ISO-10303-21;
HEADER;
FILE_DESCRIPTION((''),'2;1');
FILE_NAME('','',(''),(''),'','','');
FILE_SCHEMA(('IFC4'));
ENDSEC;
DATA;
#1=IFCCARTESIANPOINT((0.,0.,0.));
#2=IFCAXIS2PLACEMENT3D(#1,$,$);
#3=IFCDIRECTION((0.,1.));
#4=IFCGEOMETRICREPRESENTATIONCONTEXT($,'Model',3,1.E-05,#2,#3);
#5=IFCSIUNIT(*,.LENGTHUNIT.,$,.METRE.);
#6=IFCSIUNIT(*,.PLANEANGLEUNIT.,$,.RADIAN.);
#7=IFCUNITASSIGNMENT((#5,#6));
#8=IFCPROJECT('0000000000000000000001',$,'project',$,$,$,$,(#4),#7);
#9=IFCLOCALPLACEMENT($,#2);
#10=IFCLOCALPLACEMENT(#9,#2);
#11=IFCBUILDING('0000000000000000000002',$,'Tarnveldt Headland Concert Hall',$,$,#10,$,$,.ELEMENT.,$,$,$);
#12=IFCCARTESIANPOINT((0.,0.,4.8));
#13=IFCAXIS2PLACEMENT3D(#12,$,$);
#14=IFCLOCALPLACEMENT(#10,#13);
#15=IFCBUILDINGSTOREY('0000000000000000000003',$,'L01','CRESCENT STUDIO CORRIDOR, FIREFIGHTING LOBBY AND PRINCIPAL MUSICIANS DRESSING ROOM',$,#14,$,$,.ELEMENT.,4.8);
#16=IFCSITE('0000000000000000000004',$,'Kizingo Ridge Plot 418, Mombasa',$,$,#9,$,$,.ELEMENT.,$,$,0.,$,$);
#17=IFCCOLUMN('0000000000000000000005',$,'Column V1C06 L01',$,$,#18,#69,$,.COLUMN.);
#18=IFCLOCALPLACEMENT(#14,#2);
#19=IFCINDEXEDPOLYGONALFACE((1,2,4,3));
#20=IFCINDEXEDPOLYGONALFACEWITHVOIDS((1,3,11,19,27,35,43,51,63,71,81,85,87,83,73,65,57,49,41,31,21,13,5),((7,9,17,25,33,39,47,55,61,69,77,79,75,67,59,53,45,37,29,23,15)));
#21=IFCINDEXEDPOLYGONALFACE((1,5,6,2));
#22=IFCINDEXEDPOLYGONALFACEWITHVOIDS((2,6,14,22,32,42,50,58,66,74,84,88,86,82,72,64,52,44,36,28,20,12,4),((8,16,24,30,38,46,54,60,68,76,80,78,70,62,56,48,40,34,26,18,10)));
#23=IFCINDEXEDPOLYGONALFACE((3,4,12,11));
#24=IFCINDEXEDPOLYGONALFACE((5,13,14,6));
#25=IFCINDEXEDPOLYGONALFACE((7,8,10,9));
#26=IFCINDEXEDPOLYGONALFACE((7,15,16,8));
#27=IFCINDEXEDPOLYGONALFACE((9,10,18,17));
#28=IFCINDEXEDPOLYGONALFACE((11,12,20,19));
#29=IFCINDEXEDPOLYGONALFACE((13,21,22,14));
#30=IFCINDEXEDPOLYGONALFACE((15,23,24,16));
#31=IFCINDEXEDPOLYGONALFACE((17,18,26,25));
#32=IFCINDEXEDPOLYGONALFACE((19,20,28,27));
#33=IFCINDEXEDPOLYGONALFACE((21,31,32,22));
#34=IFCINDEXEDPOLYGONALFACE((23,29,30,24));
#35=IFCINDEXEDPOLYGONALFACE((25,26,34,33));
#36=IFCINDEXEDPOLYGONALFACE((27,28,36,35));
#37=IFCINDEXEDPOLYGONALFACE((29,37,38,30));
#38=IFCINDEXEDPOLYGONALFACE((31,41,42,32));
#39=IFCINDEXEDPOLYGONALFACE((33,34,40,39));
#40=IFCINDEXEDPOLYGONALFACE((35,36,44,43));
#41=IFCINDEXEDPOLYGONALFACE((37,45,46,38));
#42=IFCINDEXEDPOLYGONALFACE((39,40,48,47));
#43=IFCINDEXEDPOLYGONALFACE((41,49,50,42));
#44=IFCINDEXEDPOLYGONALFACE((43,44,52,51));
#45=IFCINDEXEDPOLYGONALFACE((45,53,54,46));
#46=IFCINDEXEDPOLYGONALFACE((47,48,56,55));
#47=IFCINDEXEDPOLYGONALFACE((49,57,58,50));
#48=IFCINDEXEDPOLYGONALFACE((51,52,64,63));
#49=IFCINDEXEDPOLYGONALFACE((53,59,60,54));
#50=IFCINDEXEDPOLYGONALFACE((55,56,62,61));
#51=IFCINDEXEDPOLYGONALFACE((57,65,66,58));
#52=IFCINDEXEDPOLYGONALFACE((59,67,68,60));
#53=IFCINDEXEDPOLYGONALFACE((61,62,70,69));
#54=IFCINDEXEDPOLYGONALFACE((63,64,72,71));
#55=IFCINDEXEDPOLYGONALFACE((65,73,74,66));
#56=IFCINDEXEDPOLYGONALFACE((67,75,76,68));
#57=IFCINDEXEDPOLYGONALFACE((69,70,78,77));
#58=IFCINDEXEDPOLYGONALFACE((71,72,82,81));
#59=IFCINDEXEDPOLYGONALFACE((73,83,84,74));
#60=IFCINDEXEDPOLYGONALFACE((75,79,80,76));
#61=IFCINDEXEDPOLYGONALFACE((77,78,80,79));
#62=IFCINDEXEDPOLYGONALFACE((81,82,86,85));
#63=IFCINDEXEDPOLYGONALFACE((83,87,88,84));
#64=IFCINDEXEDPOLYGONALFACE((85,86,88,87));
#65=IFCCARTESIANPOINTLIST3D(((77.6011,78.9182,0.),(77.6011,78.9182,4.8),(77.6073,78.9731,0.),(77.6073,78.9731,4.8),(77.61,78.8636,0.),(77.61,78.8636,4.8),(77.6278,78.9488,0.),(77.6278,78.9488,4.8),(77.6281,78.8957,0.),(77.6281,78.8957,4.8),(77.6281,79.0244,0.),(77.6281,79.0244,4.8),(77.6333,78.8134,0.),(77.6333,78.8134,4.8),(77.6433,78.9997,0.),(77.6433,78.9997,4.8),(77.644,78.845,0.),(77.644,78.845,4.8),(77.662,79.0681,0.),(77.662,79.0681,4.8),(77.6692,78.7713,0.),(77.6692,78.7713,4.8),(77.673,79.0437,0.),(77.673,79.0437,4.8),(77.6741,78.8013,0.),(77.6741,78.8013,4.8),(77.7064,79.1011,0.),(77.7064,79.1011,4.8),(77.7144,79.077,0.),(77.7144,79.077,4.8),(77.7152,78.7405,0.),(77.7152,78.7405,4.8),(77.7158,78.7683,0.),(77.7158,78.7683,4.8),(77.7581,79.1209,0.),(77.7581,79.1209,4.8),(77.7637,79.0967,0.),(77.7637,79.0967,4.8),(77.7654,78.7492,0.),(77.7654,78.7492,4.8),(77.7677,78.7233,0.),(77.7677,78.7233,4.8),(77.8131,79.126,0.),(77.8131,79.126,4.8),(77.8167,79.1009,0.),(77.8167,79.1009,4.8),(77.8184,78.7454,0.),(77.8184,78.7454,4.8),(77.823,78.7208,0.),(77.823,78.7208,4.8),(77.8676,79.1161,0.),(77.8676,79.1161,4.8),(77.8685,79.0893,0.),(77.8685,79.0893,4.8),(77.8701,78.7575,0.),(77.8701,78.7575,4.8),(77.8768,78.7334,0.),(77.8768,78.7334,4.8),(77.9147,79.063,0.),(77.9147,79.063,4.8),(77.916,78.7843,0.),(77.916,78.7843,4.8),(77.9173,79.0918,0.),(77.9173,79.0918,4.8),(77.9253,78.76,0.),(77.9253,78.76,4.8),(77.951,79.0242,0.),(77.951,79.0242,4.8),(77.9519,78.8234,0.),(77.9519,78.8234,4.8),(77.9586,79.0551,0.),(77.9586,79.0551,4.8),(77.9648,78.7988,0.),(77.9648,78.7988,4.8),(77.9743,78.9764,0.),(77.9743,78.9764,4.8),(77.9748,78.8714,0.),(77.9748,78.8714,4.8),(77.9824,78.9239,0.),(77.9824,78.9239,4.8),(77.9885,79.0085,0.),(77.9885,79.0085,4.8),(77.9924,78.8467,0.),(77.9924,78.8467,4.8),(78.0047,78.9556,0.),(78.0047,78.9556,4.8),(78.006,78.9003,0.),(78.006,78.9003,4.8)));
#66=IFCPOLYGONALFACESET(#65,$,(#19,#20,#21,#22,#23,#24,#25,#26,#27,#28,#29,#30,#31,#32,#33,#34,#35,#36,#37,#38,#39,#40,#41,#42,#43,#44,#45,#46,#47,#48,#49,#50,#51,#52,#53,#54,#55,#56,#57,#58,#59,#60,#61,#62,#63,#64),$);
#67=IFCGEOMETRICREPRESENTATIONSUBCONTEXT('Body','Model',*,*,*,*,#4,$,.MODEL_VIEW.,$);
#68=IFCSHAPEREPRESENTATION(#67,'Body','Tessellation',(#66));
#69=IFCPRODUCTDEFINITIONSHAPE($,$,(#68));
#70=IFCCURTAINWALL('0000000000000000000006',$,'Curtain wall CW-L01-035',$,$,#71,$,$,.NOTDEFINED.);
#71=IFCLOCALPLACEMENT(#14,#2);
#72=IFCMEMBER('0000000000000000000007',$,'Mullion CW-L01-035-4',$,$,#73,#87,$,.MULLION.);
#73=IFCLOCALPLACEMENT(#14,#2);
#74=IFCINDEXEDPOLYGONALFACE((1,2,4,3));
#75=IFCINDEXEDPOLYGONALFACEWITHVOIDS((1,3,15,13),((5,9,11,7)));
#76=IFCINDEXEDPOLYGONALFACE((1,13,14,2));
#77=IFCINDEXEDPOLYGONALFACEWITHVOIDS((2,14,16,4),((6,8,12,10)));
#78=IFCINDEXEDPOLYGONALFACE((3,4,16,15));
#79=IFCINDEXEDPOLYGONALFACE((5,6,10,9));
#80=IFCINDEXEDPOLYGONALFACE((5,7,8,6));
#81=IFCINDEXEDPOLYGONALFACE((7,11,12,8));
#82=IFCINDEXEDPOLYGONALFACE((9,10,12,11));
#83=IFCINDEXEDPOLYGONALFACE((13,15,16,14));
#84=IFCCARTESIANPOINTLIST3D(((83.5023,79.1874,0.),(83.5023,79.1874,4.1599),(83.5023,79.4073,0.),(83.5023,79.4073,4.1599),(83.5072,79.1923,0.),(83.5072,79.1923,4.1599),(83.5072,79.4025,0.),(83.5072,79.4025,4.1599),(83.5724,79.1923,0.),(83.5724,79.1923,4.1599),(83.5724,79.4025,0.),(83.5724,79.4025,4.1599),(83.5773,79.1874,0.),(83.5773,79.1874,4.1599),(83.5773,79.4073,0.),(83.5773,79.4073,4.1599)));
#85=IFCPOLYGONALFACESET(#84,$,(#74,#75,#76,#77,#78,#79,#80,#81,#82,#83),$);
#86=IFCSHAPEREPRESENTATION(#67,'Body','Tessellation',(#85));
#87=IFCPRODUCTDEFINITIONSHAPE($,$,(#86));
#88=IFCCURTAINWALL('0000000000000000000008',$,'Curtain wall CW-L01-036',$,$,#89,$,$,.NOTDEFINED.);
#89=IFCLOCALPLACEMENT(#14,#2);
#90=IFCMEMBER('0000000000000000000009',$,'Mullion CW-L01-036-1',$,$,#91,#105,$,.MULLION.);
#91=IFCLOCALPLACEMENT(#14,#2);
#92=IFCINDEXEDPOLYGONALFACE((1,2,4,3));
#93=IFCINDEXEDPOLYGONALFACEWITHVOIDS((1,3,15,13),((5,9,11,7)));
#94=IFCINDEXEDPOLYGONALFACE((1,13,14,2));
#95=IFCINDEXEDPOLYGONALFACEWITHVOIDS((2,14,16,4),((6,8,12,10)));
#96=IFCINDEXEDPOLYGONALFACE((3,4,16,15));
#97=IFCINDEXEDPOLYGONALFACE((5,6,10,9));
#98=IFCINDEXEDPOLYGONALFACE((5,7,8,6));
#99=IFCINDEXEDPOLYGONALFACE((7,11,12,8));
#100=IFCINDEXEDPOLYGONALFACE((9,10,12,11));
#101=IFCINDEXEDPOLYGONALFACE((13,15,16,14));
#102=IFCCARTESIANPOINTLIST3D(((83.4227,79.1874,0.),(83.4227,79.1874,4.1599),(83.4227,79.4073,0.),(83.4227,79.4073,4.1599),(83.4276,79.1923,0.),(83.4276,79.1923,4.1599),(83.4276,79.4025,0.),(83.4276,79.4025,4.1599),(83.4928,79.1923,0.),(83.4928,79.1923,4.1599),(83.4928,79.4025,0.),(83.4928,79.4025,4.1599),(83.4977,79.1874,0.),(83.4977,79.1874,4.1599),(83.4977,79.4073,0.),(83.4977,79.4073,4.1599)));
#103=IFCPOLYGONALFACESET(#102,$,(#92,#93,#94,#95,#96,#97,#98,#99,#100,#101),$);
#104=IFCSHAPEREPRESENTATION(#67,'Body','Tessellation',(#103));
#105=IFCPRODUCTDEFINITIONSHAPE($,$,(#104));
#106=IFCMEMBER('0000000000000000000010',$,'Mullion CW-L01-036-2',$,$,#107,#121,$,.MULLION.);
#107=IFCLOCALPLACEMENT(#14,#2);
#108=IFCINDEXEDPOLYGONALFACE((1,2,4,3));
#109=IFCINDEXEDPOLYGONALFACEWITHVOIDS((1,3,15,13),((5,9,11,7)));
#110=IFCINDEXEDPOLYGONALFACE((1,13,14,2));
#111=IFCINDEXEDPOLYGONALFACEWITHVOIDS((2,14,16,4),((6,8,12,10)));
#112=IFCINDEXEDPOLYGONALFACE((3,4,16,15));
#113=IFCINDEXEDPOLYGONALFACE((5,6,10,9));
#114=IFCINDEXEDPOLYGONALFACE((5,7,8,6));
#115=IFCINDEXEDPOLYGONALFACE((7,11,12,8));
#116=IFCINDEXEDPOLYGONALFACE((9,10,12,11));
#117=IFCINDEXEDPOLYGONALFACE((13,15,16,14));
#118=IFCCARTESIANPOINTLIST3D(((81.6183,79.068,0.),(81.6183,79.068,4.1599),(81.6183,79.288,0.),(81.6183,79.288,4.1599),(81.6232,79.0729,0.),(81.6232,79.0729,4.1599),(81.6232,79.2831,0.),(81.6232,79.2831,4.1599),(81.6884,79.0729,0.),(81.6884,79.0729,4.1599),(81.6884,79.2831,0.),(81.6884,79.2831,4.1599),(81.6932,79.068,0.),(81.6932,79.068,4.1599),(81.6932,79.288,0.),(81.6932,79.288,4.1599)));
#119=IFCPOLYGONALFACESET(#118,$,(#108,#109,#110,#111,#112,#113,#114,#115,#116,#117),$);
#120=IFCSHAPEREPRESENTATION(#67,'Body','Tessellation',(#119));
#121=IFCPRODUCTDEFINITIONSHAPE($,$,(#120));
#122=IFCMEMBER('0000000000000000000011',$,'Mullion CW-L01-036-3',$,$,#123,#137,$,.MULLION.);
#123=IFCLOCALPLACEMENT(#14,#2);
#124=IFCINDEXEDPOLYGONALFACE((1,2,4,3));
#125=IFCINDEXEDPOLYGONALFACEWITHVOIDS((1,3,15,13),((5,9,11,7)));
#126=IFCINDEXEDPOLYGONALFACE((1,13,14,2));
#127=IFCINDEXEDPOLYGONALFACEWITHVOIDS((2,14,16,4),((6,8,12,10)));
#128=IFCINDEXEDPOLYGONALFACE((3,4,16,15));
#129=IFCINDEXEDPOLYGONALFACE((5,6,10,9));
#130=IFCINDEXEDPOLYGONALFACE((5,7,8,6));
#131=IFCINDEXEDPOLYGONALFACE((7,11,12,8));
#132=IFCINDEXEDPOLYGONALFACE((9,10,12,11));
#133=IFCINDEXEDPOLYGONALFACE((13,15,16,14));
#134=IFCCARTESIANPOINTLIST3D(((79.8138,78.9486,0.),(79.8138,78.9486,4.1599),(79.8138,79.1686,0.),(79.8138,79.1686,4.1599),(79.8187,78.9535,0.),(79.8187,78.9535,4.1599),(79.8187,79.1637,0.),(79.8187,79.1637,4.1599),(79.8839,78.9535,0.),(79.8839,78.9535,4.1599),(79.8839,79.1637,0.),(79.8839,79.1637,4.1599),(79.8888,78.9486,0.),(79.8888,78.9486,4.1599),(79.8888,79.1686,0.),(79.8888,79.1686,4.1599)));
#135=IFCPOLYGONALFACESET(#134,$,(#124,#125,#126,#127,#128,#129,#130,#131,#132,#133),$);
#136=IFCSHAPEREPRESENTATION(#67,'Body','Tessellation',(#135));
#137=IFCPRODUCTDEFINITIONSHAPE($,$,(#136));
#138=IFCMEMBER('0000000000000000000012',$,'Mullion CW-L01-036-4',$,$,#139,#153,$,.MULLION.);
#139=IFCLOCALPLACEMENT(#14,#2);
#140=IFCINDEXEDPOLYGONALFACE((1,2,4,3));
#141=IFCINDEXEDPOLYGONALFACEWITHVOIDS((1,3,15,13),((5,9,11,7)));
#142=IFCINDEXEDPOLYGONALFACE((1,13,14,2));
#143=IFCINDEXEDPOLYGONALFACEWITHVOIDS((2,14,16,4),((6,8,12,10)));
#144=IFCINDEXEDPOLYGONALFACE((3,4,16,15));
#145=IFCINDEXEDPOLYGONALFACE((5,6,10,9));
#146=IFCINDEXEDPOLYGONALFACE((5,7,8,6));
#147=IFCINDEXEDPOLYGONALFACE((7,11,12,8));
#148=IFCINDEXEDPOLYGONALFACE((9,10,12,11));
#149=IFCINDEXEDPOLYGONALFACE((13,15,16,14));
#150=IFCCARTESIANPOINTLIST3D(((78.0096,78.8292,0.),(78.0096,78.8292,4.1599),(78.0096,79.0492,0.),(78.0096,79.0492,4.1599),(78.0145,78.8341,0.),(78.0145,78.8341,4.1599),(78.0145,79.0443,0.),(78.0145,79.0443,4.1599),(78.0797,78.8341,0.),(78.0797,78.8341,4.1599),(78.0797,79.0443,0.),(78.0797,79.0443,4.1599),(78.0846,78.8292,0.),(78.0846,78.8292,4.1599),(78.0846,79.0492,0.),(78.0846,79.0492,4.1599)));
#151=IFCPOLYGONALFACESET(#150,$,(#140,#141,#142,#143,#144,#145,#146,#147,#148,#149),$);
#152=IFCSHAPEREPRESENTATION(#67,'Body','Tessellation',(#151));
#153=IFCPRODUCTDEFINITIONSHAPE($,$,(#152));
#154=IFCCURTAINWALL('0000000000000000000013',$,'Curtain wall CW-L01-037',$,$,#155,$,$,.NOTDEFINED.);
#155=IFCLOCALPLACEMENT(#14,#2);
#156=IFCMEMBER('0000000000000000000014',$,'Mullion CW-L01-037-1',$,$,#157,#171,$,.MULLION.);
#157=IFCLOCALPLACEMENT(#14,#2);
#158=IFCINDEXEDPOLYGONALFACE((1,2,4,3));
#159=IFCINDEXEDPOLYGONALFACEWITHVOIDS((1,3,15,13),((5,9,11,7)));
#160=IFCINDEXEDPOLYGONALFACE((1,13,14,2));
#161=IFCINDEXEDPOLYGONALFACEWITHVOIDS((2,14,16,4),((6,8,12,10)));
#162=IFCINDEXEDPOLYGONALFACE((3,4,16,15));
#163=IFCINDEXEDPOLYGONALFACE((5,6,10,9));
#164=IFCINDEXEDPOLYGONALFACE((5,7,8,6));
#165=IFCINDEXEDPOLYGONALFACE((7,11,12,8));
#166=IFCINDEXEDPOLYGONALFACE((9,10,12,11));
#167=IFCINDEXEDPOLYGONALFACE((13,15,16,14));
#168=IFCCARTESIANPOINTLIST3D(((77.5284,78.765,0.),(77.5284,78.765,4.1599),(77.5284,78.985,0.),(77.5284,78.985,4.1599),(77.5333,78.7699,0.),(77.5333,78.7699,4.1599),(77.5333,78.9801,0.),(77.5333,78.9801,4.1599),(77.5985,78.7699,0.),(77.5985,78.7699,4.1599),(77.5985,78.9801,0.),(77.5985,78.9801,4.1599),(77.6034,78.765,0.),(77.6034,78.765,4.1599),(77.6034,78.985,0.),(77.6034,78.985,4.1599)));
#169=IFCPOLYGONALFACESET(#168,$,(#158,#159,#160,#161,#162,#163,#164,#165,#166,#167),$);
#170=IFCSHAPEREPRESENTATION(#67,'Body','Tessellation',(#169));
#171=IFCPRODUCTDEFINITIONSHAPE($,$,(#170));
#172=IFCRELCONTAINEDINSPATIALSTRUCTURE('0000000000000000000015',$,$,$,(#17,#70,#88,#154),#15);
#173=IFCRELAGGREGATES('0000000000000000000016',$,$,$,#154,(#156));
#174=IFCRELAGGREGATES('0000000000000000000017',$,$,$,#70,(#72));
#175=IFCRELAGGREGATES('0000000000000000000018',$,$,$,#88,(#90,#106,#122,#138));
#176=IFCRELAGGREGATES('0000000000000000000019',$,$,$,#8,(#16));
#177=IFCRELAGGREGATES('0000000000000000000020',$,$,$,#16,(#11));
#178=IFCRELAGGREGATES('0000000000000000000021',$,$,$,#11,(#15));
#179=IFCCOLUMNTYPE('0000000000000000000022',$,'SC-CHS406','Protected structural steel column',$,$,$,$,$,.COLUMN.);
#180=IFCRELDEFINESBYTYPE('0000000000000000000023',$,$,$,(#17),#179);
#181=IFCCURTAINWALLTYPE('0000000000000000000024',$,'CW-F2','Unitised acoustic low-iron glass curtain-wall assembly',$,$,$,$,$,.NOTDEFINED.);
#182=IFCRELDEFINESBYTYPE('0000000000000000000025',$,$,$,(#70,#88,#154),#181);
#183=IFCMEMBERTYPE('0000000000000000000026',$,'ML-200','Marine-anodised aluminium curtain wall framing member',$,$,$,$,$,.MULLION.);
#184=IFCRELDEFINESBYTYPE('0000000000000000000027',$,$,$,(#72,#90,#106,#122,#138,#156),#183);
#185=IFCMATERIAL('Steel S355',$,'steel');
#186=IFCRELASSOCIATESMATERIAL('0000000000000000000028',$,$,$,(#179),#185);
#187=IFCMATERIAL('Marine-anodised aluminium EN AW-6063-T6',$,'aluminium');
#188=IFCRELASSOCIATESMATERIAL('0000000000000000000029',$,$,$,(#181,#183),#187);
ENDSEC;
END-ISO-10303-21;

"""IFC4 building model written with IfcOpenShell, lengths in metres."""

from ifc_helpers import new_model, si_unit, direction, frame, origin, origin_2d, place, context, subcontext, project, spatial, hollow_rectangle, hollow_circle, extrude, material, material_profile, profile_set, type_object, element, aggregate, save


model = new_model("IFC4")

# Units and contexts
model_context = context("Model", 3, precision=1e-05, world=origin(), true_north=direction((0.0, 1.0)))
body_context = subcontext(model_context, "Body", "Model", "MODEL_VIEW")
ifc_project = project(units=[si_unit("LENGTHUNIT", "METRE"), si_unit("PLANEANGLEUNIT", "RADIAN")], contexts=[model_context])

# Site, building, storey
site_placement = place(None, origin())
site = spatial("IfcSite", under=ifc_project, at=site_placement, Name="Kizingo Ridge Plot 418, Mombasa", CompositionType="ELEMENT", RefElevation=0.0)
building_placement = place(site_placement, origin())
building = spatial("IfcBuilding", under=site, at=building_placement, Name="Tarnveldt Headland Concert Hall", CompositionType="ELEMENT")
storey_placement = place(building_placement, frame((0.0, 0.0, 4.8)))
storey = spatial("IfcBuildingStorey", under=building, at=storey_placement, Name="L01", Description="CRESCENT STUDIO CORRIDOR, FIREFIGHTING LOBBY AND PRINCIPAL MUSICIANS DRESSING ROOM", CompositionType="ELEMENT", Elevation=4.8)

# Column
ifc_material_1 = material(Name="Steel S355", Category="steel")
ifc_material_profile_1 = material_profile(ifc_material_1, hollow_circle(Radius=0.2031, WallThickness=0.0249, at=origin_2d()), Name="CHS 406.4x25", Category="steel")
ifc_profile_set_1 = profile_set([ifc_material_profile_1], Name="Steel S355")
column_type = type_object("IfcColumnType", Name="SC-CHS406", Description="Protected structural steel column", PredefinedType="COLUMN", material=ifc_profile_set_1)
column_placement = place(storey_placement, frame((77.8042, 78.9231, 0.0), z_axis=(0.0, 0.0, 1.0), x_axis=(-0.227161, 0.973857, 0.0)))
element("IfcColumn", 1, at=column_placement, inside=storey, type_object=column_type, Name="Column V1C06 L01", PredefinedType="COLUMN", context=body_context, shape_type="SweptSolid", body=[
    extrude(hollow_circle(Radius=0.2031, WallThickness=0.0249, at=origin_2d()), origin(), (0.0, 0.0, 1.0), 4.8),
])

# Curtain wall, member
ifc_material_2 = material(Name="Marine-anodised aluminium EN AW-6063-T6", Category="aluminium")
curtain_wall_type = type_object("IfcCurtainWallType", Name="CW-F2", Description="Unitised acoustic low-iron glass curtain-wall assembly", PredefinedType="NOTDEFINED", material=ifc_material_2)
curtain_wall_1_placement = place(storey_placement, origin())
curtain_wall_1 = element("IfcCurtainWall", 2, at=curtain_wall_1_placement, inside=storey, type_object=curtain_wall_type, Name="Curtain wall CW-L01-035", PredefinedType="NOTDEFINED")
ifc_material_profile_2 = material_profile(ifc_material_2, hollow_rectangle(XDim=0.075, YDim=0.22, WallThickness=0.0049, at=origin_2d()), Name="ALU MULLION 75x220x5", Category="aluminium")
ifc_profile_set_2 = profile_set([ifc_material_profile_2], Name="Marine-anodised aluminium EN AW-6063-T6")
member_type_1 = type_object("IfcMemberType", Name="ML-200", Description="Marine-anodised aluminium curtain wall framing member", PredefinedType="MULLION", material=ifc_profile_set_2)
member_1_placement = place(storey_placement, frame((83.5398, 79.2974, 0.0), z_axis=(0.0, 0.0, 1.0), x_axis=(1.0, 0.0, 0.0)))
member_1 = element("IfcMember", 3, at=member_1_placement, type_object=member_type_1, Name="Mullion CW-L01-035-4", PredefinedType="MULLION", context=body_context, shape_type="SweptSolid", body=[
    extrude(hollow_rectangle(XDim=0.075, YDim=0.22, WallThickness=0.0049, at=origin_2d()), origin(), (0.0, 0.0, 1.0), 4.1599),
])

# Curtain wall, members
curtain_wall_2_placement = place(storey_placement, origin())
curtain_wall_2 = element("IfcCurtainWall", 4, at=curtain_wall_2_placement, inside=storey, type_object=curtain_wall_type, Name="Curtain wall CW-L01-036", PredefinedType="NOTDEFINED")
member_2_placement = place(storey_placement, frame((83.4602, 79.2974, 0.0), z_axis=(0.0, 0.0, 1.0), x_axis=(1.0, 0.0, 0.0)))
member_2 = element("IfcMember", 5, at=member_2_placement, type_object=member_type_1, Name="Mullion CW-L01-036-1", PredefinedType="MULLION", context=body_context, shape_type="SweptSolid", body=[
    extrude(hollow_rectangle(XDim=0.075, YDim=0.22, WallThickness=0.0049, at=origin_2d()), origin(), (0.0, 0.0, 1.0), 4.1599),
])
member_3_placement = place(storey_placement, frame((81.6558, 79.178, 0.0), z_axis=(0.0, 0.0, 1.0), x_axis=(1.0, 0.0, 0.0)))
member_3 = element("IfcMember", 6, at=member_3_placement, type_object=member_type_1, Name="Mullion CW-L01-036-2", PredefinedType="MULLION", context=body_context, shape_type="SweptSolid", body=[
    extrude(hollow_rectangle(XDim=0.075, YDim=0.22, WallThickness=0.0049, at=origin_2d()), origin(), (0.0, 0.0, 1.0), 4.1599),
])
member_4_placement = place(storey_placement, frame((79.8513, 79.0586, 0.0), z_axis=(0.0, 0.0, 1.0), x_axis=(1.0, 0.0, 0.0)))
member_4 = element("IfcMember", 7, at=member_4_placement, type_object=member_type_1, Name="Mullion CW-L01-036-3", PredefinedType="MULLION", context=body_context, shape_type="SweptSolid", body=[
    extrude(hollow_rectangle(XDim=0.075, YDim=0.22, WallThickness=0.0049, at=origin_2d()), origin(), (0.0, 0.0, 1.0), 4.1599),
])
member_5_placement = place(storey_placement, frame((78.0471, 78.9392, 0.0), z_axis=(0.0, 0.0, 1.0), x_axis=(1.0, 0.0, 0.0)))
member_5 = element("IfcMember", 8, at=member_5_placement, type_object=member_type_1, Name="Mullion CW-L01-036-4", PredefinedType="MULLION", context=body_context, shape_type="SweptSolid", body=[
    extrude(hollow_rectangle(XDim=0.075, YDim=0.22, WallThickness=0.0049, at=origin_2d()), origin(), (0.0, 0.0, 1.0), 4.1599),
])

# Curtain wall, member
curtain_wall_3_placement = place(storey_placement, origin())
curtain_wall_3 = element("IfcCurtainWall", 9, at=curtain_wall_3_placement, inside=storey, type_object=curtain_wall_type, Name="Curtain wall CW-L01-037", PredefinedType="NOTDEFINED")
member_6_placement = place(storey_placement, frame((77.5659, 78.875, 0.0), z_axis=(0.0, 0.0, 1.0), x_axis=(1.0, 0.0, 0.0)))
member_6 = element("IfcMember", 10, at=member_6_placement, type_object=member_type_1, Name="Mullion CW-L01-037-1", PredefinedType="MULLION", context=body_context, shape_type="SweptSolid", body=[
    extrude(hollow_rectangle(XDim=0.075, YDim=0.22, WallThickness=0.0049, at=origin_2d()), origin(), (0.0, 0.0, 1.0), 4.1599),
])

aggregate(curtain_wall_3, [member_6])

aggregate(curtain_wall_1, [member_1])
aggregate(curtain_wall_2, [member_2, member_3, member_4, member_5])

save(model, "model.ifc")
